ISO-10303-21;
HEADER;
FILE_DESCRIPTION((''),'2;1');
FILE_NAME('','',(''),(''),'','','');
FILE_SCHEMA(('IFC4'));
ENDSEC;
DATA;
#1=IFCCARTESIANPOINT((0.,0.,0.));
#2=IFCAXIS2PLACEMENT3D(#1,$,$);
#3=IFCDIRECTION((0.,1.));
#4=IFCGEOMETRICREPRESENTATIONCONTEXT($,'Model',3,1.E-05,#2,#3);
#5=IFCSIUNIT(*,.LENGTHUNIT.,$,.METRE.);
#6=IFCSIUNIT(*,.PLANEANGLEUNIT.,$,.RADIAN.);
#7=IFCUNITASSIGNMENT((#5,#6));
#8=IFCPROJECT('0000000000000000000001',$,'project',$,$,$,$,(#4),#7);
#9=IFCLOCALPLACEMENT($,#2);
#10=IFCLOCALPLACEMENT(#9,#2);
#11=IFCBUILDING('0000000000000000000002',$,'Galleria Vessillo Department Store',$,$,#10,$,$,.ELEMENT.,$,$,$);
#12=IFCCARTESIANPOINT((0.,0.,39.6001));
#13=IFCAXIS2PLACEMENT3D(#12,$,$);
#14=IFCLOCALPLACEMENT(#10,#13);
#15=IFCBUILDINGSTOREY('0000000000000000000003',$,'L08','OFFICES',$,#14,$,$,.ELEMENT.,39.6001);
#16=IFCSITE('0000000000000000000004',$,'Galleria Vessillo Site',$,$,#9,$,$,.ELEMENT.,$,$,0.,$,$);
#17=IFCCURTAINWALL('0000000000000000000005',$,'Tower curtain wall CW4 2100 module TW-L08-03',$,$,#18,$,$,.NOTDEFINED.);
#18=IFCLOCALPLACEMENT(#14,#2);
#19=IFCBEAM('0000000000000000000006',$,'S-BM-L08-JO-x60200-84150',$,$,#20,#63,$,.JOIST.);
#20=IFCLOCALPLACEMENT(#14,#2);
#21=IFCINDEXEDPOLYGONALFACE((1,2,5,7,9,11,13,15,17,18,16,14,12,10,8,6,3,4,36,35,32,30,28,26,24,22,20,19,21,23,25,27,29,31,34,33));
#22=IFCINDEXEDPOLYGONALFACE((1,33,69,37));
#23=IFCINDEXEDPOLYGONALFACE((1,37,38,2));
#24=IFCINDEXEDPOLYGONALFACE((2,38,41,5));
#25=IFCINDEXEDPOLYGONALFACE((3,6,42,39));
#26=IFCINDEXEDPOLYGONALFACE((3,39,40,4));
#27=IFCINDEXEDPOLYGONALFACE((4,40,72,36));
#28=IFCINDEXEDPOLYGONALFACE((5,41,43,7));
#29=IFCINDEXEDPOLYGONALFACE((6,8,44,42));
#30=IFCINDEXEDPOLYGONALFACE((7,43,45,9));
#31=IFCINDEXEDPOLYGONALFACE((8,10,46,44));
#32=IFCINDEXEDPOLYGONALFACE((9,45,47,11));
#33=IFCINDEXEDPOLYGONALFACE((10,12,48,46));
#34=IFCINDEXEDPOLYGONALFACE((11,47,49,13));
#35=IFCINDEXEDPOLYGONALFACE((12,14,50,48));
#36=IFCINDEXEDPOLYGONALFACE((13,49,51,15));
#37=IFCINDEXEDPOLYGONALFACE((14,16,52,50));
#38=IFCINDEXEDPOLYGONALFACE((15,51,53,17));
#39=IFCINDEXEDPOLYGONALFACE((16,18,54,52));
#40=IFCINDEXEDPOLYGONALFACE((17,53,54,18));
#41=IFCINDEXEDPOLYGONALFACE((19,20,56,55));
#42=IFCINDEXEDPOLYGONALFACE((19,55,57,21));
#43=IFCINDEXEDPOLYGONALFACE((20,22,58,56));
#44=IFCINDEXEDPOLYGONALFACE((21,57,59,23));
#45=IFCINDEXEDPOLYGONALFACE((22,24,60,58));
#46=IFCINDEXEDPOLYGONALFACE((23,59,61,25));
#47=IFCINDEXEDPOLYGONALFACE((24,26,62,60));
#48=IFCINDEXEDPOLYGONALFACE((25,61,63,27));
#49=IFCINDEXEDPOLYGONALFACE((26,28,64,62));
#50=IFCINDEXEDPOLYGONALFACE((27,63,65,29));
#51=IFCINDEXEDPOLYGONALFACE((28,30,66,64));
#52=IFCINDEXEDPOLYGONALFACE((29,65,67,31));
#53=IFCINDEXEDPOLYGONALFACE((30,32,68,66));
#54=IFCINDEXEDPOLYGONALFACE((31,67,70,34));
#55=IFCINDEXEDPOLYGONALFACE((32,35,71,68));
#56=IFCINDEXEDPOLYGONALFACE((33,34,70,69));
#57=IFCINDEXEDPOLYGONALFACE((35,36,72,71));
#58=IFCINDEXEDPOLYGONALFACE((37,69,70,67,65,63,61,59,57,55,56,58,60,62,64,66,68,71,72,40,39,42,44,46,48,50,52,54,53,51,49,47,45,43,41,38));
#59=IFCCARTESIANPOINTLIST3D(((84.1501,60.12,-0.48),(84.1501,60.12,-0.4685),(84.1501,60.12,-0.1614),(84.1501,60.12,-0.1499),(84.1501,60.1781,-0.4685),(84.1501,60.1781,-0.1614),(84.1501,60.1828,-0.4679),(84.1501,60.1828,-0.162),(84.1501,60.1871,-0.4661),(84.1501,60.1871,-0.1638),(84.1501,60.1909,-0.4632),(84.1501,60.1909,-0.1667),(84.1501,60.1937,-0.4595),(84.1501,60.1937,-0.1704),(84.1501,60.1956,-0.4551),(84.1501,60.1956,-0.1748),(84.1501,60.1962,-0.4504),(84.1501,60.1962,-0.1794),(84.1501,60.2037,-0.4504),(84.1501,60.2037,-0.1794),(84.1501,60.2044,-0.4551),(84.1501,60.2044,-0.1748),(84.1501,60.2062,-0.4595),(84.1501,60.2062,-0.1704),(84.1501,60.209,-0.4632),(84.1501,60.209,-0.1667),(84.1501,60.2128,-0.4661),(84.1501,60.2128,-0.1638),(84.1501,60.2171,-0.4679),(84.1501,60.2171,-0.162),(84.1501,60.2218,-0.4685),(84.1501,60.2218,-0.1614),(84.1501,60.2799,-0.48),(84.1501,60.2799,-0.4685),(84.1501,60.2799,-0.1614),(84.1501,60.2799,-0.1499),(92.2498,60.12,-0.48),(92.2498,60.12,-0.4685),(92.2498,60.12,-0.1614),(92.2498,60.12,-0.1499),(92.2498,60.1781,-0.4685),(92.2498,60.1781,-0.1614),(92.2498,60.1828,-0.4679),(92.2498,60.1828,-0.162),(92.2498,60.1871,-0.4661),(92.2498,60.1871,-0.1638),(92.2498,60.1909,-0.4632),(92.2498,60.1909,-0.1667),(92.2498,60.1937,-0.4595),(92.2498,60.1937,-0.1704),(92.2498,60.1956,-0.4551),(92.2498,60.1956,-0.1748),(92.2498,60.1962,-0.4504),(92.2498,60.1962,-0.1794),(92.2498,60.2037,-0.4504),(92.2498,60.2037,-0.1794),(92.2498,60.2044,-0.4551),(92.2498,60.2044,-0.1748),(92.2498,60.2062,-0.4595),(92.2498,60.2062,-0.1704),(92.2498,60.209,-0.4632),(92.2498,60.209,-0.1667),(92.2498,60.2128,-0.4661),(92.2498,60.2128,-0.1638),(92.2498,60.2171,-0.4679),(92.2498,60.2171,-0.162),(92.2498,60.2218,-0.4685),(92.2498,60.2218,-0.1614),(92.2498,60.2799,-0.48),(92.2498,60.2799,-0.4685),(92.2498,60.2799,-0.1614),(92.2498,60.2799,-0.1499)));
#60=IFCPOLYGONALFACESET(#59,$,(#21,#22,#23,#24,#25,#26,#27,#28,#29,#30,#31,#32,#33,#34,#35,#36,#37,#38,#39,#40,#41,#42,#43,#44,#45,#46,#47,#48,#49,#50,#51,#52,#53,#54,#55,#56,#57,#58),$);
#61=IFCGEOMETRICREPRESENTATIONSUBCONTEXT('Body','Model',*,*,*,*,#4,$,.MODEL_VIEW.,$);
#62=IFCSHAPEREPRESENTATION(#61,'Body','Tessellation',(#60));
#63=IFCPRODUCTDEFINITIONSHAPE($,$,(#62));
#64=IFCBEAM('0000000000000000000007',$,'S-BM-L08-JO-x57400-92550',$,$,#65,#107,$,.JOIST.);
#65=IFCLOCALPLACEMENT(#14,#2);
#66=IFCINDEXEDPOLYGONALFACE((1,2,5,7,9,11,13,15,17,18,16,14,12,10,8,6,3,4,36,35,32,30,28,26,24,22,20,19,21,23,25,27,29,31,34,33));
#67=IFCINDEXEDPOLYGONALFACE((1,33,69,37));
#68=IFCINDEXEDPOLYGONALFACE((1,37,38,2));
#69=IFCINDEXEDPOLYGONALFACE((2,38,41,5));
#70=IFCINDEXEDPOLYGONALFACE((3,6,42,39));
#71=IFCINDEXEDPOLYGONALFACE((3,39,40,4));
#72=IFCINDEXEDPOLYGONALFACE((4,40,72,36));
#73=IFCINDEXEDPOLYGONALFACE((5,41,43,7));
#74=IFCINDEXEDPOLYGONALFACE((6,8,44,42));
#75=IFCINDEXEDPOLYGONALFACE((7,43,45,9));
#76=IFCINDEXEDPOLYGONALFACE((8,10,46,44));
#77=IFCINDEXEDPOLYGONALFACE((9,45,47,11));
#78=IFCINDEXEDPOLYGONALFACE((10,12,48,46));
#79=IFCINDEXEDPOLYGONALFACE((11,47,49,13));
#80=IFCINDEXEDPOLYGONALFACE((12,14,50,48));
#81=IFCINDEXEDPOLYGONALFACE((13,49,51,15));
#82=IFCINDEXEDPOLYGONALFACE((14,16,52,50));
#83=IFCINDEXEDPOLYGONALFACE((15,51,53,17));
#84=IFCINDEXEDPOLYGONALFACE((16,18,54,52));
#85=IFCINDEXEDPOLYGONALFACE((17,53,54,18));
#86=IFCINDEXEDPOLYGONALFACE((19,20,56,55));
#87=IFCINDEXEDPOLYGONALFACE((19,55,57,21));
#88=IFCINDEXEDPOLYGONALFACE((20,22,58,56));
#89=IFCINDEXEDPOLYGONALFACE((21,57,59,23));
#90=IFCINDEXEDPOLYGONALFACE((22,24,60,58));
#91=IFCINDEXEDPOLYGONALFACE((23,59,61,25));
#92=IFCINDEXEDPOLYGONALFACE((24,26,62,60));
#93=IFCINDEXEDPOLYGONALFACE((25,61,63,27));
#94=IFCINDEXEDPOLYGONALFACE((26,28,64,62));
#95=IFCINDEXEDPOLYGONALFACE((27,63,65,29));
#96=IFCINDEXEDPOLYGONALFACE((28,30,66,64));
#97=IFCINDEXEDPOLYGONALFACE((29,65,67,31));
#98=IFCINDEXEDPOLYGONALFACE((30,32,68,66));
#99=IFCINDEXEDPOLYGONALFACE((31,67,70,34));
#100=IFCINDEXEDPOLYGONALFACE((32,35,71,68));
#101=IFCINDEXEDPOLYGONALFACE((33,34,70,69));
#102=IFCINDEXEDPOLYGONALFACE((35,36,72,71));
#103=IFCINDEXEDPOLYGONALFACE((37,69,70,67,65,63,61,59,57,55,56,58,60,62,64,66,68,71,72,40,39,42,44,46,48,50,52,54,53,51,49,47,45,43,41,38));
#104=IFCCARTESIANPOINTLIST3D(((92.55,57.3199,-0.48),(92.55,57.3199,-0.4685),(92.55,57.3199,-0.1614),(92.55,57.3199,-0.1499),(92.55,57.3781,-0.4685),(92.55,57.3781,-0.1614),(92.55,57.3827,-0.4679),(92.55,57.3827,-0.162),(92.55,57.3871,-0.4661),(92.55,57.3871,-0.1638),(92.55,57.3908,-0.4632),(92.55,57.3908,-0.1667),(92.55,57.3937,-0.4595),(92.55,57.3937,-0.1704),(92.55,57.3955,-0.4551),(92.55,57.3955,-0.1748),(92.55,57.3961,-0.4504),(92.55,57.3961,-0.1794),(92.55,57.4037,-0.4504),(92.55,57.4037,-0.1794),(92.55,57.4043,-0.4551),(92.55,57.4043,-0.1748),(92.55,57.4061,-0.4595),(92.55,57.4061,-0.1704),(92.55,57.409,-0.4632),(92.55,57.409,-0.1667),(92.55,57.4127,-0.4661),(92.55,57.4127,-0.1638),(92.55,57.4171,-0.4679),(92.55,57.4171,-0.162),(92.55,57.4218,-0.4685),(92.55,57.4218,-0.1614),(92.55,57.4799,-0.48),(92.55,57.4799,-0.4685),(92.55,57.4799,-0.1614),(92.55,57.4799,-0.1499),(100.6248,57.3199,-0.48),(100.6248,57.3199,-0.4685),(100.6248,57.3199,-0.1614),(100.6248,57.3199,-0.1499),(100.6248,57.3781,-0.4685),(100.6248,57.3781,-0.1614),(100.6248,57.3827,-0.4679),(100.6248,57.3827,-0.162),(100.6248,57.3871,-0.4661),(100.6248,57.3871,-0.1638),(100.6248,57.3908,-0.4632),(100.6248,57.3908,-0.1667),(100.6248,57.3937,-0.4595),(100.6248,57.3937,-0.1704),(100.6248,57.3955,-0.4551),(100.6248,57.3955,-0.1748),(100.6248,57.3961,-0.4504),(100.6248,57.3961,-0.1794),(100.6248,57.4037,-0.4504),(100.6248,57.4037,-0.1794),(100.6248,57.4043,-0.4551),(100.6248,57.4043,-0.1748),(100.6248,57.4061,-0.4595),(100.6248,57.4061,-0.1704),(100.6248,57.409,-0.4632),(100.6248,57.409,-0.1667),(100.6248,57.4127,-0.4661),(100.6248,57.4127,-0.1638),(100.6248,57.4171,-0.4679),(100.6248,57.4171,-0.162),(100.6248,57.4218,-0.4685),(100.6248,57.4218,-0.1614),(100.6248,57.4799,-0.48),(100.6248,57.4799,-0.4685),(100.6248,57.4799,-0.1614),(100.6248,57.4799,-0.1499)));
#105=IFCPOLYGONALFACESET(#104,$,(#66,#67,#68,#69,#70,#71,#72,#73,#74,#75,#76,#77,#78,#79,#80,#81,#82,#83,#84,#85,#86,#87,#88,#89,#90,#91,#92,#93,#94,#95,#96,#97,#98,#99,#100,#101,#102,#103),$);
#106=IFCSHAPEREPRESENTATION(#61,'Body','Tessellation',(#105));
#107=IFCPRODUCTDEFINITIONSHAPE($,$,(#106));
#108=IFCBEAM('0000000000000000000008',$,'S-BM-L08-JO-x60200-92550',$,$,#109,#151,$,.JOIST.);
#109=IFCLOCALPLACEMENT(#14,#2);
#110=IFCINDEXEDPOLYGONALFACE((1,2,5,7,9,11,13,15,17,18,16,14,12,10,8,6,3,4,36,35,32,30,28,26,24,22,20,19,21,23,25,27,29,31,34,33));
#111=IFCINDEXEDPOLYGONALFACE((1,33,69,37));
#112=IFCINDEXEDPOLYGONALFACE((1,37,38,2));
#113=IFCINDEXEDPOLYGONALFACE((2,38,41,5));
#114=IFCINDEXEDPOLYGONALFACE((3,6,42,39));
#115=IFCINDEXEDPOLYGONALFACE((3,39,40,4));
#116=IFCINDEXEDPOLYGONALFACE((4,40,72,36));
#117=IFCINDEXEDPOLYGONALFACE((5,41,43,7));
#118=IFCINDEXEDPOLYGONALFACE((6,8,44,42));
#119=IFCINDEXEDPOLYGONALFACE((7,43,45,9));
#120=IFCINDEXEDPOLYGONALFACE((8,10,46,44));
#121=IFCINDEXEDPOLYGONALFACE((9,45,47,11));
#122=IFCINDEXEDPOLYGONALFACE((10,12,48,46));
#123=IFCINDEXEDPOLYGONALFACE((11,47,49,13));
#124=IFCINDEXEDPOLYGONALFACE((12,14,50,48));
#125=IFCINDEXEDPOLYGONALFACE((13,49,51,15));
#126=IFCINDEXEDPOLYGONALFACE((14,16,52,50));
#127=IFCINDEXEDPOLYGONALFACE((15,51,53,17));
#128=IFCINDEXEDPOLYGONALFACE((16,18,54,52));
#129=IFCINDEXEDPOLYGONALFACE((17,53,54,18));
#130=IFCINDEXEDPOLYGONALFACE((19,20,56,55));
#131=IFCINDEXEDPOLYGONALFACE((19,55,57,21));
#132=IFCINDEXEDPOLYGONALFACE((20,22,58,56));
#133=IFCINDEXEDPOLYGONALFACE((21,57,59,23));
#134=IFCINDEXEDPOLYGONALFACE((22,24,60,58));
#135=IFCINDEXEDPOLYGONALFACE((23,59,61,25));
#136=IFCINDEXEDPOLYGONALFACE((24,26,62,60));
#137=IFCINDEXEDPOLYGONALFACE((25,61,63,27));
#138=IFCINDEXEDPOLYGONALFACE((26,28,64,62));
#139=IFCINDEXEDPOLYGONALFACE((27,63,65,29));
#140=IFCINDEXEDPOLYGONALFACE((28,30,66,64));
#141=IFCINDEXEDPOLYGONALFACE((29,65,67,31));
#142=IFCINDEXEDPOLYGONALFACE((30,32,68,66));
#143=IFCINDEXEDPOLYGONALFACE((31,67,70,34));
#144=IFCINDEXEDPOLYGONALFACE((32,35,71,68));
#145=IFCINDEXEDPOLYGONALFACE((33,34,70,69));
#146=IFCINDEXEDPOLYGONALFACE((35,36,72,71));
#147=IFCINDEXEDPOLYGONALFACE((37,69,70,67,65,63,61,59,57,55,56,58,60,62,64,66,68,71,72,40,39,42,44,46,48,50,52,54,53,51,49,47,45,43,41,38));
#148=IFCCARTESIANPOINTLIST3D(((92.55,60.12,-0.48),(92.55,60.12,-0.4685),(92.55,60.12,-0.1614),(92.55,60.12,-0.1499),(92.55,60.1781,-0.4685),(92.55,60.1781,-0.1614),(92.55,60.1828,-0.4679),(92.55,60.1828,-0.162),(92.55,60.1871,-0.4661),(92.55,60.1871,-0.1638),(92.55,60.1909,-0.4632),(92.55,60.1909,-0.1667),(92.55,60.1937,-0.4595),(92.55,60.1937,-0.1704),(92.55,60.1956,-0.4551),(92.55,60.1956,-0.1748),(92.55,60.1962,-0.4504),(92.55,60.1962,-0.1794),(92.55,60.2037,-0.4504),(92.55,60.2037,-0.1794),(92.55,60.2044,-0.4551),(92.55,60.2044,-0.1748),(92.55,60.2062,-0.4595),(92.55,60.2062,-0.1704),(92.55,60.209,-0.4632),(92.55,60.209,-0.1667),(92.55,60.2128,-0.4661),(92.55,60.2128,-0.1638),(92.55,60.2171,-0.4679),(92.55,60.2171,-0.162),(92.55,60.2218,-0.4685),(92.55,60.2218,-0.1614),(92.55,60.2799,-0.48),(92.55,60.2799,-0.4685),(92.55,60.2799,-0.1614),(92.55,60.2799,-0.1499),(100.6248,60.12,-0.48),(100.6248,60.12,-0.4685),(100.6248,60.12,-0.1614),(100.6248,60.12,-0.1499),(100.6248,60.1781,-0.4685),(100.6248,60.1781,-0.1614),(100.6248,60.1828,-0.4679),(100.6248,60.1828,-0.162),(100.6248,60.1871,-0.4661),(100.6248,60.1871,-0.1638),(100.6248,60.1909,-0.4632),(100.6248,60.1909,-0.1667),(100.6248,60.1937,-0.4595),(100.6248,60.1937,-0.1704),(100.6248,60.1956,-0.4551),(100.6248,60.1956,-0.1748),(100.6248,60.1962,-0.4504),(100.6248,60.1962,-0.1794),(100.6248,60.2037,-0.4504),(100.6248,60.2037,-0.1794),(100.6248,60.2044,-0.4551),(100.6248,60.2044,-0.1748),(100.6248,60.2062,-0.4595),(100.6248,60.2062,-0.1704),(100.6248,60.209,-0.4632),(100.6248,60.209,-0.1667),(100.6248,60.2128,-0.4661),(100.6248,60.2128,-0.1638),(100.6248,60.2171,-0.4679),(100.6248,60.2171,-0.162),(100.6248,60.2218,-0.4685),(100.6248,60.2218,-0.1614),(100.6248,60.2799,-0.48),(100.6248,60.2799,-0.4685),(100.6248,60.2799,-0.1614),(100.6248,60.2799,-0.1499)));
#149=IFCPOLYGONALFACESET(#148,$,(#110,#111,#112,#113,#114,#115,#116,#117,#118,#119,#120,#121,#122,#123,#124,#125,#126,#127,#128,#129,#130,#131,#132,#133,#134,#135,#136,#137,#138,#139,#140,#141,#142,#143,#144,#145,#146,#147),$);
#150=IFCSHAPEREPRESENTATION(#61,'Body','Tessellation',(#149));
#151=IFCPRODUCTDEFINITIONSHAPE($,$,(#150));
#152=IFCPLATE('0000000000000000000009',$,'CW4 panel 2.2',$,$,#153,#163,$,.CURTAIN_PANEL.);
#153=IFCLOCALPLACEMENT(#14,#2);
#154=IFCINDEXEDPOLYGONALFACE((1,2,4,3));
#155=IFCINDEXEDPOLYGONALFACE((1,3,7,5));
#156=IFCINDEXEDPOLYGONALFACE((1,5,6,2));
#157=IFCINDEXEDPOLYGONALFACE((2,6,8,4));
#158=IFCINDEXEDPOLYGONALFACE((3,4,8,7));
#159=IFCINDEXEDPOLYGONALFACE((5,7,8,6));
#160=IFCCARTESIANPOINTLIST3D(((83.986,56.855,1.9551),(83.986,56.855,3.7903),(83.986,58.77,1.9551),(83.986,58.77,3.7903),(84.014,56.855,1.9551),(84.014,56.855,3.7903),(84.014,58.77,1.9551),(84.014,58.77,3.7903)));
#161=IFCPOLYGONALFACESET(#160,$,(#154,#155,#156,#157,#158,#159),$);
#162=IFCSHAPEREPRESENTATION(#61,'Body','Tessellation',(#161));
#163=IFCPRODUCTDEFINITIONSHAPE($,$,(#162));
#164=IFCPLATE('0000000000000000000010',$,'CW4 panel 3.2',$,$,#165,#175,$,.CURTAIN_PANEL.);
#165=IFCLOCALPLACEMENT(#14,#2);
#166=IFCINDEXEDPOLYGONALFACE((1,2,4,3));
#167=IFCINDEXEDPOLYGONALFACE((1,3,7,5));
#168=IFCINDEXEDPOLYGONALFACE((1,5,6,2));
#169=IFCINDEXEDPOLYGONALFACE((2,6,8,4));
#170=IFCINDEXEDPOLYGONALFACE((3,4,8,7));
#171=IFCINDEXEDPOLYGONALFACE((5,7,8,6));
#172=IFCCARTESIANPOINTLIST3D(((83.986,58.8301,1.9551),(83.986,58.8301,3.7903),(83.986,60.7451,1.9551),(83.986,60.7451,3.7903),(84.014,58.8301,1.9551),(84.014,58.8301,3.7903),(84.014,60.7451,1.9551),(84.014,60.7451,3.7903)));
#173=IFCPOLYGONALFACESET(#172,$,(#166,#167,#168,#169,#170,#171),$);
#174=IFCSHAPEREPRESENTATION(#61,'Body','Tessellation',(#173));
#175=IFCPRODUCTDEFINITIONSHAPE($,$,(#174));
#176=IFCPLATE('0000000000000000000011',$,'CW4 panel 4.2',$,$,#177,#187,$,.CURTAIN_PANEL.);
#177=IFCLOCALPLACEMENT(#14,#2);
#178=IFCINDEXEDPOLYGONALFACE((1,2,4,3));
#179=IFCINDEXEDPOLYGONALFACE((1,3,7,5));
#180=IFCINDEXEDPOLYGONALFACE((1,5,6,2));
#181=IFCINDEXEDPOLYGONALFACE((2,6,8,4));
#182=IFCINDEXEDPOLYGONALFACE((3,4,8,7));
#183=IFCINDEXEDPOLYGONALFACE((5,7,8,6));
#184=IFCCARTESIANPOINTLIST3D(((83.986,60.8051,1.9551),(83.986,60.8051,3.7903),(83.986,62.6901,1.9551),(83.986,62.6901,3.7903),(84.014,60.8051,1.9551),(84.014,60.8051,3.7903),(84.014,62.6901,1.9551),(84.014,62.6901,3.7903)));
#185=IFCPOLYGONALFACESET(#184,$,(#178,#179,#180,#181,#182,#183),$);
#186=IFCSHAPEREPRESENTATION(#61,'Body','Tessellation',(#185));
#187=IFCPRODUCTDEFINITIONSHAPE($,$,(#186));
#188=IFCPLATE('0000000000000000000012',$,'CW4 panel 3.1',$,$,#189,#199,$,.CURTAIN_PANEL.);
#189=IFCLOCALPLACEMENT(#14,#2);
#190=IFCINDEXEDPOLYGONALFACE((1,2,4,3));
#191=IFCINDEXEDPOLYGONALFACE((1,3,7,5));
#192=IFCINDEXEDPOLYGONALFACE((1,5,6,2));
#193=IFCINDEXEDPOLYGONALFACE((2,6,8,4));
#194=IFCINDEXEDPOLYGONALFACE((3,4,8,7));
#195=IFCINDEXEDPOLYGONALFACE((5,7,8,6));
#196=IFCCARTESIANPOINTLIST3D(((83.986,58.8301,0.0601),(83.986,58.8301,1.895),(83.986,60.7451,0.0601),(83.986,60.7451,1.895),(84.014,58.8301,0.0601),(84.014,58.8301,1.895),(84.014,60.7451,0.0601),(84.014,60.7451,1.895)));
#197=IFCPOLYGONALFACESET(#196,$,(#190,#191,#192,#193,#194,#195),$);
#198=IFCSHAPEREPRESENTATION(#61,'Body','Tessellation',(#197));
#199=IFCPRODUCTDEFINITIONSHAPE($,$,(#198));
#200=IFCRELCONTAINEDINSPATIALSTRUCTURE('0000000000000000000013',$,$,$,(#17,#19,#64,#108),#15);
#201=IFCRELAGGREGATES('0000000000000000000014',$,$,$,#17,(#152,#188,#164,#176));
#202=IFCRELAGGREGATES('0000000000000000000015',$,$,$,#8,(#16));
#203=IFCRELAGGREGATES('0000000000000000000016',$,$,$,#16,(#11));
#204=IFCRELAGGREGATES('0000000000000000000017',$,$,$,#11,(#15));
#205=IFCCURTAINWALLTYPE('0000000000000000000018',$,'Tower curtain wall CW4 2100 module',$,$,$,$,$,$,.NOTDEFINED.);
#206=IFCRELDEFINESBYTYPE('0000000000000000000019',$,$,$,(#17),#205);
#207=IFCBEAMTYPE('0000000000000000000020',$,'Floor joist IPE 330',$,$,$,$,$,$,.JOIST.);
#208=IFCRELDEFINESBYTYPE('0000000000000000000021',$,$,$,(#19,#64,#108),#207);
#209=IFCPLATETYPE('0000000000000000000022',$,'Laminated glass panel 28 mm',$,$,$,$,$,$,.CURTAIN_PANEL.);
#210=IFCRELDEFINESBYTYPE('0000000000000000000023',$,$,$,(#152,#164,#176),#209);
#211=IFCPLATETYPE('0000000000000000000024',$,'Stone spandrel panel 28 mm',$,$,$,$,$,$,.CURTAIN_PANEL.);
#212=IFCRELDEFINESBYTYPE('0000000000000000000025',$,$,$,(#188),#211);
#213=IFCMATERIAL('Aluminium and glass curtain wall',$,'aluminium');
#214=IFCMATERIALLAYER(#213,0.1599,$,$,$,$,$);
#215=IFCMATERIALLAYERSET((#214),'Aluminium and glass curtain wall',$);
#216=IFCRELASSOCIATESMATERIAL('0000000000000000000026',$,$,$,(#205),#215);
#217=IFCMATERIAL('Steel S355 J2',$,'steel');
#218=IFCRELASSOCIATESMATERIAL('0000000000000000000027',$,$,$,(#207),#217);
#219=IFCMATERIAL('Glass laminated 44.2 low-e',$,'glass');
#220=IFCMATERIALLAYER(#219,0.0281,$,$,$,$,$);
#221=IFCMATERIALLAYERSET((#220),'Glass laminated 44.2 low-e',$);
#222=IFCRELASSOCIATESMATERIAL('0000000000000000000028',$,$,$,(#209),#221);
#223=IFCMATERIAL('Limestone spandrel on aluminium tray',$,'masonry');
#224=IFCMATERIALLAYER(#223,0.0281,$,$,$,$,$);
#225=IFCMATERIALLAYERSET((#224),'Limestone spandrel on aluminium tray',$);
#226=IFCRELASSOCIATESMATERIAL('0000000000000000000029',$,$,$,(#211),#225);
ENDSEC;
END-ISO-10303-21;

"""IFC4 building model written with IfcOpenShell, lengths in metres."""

from ifc_helpers import new_model, si_unit, direction, frame, origin, origin_2d, place, context, subcontext, project, spatial, rectangle, i_section, extrude, material, layer, layer_set, material_profile, profile_set, type_object, element, aggregate, save


model = new_model("IFC4")

# Units and contexts
model_context = context("Model", 3, precision=1e-05, world=origin(), true_north=direction((0.0, 1.0)))
body_context = subcontext(model_context, "Body", "Model", "MODEL_VIEW")
ifc_project = project(units=[si_unit("LENGTHUNIT", "METRE"), si_unit("PLANEANGLEUNIT", "RADIAN")], contexts=[model_context])

# Site, building, storey
site_placement = place(None, origin())
site = spatial("IfcSite", under=ifc_project, at=site_placement, Name="Galleria Vessillo Site", CompositionType="ELEMENT", RefElevation=0.0)
building_placement = place(site_placement, origin())
building = spatial("IfcBuilding", under=site, at=building_placement, Name="Galleria Vessillo Department Store", CompositionType="ELEMENT")
storey_placement = place(building_placement, frame((0.0, 0.0, 39.6001)))
storey = spatial("IfcBuildingStorey", under=building, at=storey_placement, Name="L08", Description="OFFICES", CompositionType="ELEMENT", Elevation=39.6001)

# Curtain wall
ifc_material_1 = material(Name="Aluminium and glass curtain wall", Category="aluminium")
ifc_layer_1 = layer(ifc_material_1, 0.1599)
ifc_layer_set_1 = layer_set([ifc_layer_1], Name="Aluminium and glass curtain wall")
curtain_wall_type = type_object("IfcCurtainWallType", Name="Tower curtain wall CW4 2100 module", PredefinedType="NOTDEFINED", material=ifc_layer_set_1)
curtain_wall_placement = place(storey_placement, origin())
curtain_wall = element("IfcCurtainWall", 1, at=curtain_wall_placement, inside=storey, type_object=curtain_wall_type, Name="Tower curtain wall CW4 2100 module TW-L08-03", PredefinedType="NOTDEFINED")

# Beams
ifc_material_2 = material(Name="Steel S355 J2", Category="steel")
ifc_material_profile_1 = material_profile(ifc_material_2, i_section(OverallWidth=0.1599, OverallDepth=0.3301, WebThickness=0.0076, FlangeThickness=0.0115, FilletRadius=0.0181, at=origin_2d()), Name="IPE 330")
ifc_profile_set_1 = profile_set([ifc_material_profile_1], Name="Steel S355 J2")
beam_type = type_object("IfcBeamType", Name="Floor joist IPE 330", PredefinedType="JOIST", material=ifc_profile_set_1)
for number, where, z_axis, x_axis, name in (
    (2, (84.1501, 60.2, -0.3149), (1.0, 0.0, 0.0), (0.0, 1.0, 0.0), "S-BM-L08-JO-x60200-84150"),
):
    element("IfcBeam", number, at=place(storey_placement, frame(where, z_axis=z_axis, x_axis=x_axis)), inside=storey, type_object=beam_type, Name=name, PredefinedType="JOIST", context=body_context, shape_type="SweptSolid", body=[
        extrude(i_section(OverallWidth=0.1599, OverallDepth=0.3301, WebThickness=0.0076, FlangeThickness=0.0115, FilletRadius=0.0181, at=origin_2d()), origin(), (0.0, 0.0, 1.0), 8.0996),
    ])
for number, where, z_axis, x_axis, name in (
    (3, (92.55, 57.3999, -0.3149), (1.0, 0.0, 0.0), (0.0, 1.0, 0.0), "S-BM-L08-JO-x57400-92550"),
    (4, (92.55, 60.2, -0.3149), (1.0, 0.0, 0.0), (0.0, 1.0, 0.0), "S-BM-L08-JO-x60200-92550"),
):
    element("IfcBeam", number, at=place(storey_placement, frame(where, z_axis=z_axis, x_axis=x_axis)), inside=storey, type_object=beam_type, Name=name, PredefinedType="JOIST", context=body_context, shape_type="SweptSolid", body=[
        extrude(i_section(OverallWidth=0.1599, OverallDepth=0.3301, WebThickness=0.0076, FlangeThickness=0.0115, FilletRadius=0.0181, at=origin_2d()), origin(), (0.0, 0.0, 1.0), 8.0747),
    ])

# Plates
ifc_material_3 = material(Name="Glass laminated 44.2 low-e", Category="glass")
ifc_layer_2 = layer(ifc_material_3, 0.0281)
ifc_layer_set_2 = layer_set([ifc_layer_2], Name="Glass laminated 44.2 low-e")
plate_type_1 = type_object("IfcPlateType", Name="Laminated glass panel 28 mm", PredefinedType="CURTAIN_PANEL", material=ifc_layer_set_2)
plate_1_placement = place(storey_placement, frame((84.0, 57.8125, 1.9551), z_axis=(0.0, 0.0, 1.0), x_axis=(0.0, 1.0, 0.0)))
plate_1 = element("IfcPlate", 5, at=plate_1_placement, type_object=plate_type_1, Name="CW4 panel 2.2", PredefinedType="CURTAIN_PANEL", context=body_context, shape_type="SweptSolid", body=[
    extrude(rectangle(XDim=1.915, YDim=0.0281, at=origin_2d()), origin(), (0.0, 0.0, 1.0), 1.8352),
])
plate_2_placement = place(storey_placement, frame((84.0, 59.7876, 1.9551), z_axis=(0.0, 0.0, 1.0), x_axis=(0.0, 1.0, 0.0)))
plate_2 = element("IfcPlate", 6, at=plate_2_placement, type_object=plate_type_1, Name="CW4 panel 3.2", PredefinedType="CURTAIN_PANEL", context=body_context, shape_type="SweptSolid", body=[
    extrude(rectangle(XDim=1.915, YDim=0.0281, at=origin_2d()), origin(), (0.0, 0.0, 1.0), 1.8352),
])
plate_3_placement = place(storey_placement, frame((84.0, 61.7476, 1.9551), z_axis=(0.0, 0.0, 1.0), x_axis=(0.0, 1.0, 0.0)))
plate_3 = element("IfcPlate", 7, at=plate_3_placement, type_object=plate_type_1, Name="CW4 panel 4.2", PredefinedType="CURTAIN_PANEL", context=body_context, shape_type="SweptSolid", body=[
    extrude(rectangle(XDim=1.885, YDim=0.0281, at=origin_2d()), origin(), (0.0, 0.0, 1.0), 1.8352),
])
ifc_material_4 = material(Name="Limestone spandrel on aluminium tray", Category="masonry")
ifc_layer_3 = layer(ifc_material_4, 0.0281)
ifc_layer_set_3 = layer_set([ifc_layer_3], Name="Limestone spandrel on aluminium tray")
plate_type_2 = type_object("IfcPlateType", Name="Stone spandrel panel 28 mm", PredefinedType="CURTAIN_PANEL", material=ifc_layer_set_3)
plate_4_placement = place(storey_placement, frame((84.0, 59.7876, 0.0601), z_axis=(0.0, 0.0, 1.0), x_axis=(0.0, 1.0, 0.0)))
plate_4 = element("IfcPlate", 8, at=plate_4_placement, type_object=plate_type_2, Name="CW4 panel 3.1", PredefinedType="CURTAIN_PANEL", context=body_context, shape_type="SweptSolid", body=[
    extrude(rectangle(XDim=1.915, YDim=0.0281, at=origin_2d()), origin(), (0.0, 0.0, 1.0), 1.835),
])
aggregate(curtain_wall, [plate_1, plate_4, plate_2, plate_3])

save(model, "model.ifc")
